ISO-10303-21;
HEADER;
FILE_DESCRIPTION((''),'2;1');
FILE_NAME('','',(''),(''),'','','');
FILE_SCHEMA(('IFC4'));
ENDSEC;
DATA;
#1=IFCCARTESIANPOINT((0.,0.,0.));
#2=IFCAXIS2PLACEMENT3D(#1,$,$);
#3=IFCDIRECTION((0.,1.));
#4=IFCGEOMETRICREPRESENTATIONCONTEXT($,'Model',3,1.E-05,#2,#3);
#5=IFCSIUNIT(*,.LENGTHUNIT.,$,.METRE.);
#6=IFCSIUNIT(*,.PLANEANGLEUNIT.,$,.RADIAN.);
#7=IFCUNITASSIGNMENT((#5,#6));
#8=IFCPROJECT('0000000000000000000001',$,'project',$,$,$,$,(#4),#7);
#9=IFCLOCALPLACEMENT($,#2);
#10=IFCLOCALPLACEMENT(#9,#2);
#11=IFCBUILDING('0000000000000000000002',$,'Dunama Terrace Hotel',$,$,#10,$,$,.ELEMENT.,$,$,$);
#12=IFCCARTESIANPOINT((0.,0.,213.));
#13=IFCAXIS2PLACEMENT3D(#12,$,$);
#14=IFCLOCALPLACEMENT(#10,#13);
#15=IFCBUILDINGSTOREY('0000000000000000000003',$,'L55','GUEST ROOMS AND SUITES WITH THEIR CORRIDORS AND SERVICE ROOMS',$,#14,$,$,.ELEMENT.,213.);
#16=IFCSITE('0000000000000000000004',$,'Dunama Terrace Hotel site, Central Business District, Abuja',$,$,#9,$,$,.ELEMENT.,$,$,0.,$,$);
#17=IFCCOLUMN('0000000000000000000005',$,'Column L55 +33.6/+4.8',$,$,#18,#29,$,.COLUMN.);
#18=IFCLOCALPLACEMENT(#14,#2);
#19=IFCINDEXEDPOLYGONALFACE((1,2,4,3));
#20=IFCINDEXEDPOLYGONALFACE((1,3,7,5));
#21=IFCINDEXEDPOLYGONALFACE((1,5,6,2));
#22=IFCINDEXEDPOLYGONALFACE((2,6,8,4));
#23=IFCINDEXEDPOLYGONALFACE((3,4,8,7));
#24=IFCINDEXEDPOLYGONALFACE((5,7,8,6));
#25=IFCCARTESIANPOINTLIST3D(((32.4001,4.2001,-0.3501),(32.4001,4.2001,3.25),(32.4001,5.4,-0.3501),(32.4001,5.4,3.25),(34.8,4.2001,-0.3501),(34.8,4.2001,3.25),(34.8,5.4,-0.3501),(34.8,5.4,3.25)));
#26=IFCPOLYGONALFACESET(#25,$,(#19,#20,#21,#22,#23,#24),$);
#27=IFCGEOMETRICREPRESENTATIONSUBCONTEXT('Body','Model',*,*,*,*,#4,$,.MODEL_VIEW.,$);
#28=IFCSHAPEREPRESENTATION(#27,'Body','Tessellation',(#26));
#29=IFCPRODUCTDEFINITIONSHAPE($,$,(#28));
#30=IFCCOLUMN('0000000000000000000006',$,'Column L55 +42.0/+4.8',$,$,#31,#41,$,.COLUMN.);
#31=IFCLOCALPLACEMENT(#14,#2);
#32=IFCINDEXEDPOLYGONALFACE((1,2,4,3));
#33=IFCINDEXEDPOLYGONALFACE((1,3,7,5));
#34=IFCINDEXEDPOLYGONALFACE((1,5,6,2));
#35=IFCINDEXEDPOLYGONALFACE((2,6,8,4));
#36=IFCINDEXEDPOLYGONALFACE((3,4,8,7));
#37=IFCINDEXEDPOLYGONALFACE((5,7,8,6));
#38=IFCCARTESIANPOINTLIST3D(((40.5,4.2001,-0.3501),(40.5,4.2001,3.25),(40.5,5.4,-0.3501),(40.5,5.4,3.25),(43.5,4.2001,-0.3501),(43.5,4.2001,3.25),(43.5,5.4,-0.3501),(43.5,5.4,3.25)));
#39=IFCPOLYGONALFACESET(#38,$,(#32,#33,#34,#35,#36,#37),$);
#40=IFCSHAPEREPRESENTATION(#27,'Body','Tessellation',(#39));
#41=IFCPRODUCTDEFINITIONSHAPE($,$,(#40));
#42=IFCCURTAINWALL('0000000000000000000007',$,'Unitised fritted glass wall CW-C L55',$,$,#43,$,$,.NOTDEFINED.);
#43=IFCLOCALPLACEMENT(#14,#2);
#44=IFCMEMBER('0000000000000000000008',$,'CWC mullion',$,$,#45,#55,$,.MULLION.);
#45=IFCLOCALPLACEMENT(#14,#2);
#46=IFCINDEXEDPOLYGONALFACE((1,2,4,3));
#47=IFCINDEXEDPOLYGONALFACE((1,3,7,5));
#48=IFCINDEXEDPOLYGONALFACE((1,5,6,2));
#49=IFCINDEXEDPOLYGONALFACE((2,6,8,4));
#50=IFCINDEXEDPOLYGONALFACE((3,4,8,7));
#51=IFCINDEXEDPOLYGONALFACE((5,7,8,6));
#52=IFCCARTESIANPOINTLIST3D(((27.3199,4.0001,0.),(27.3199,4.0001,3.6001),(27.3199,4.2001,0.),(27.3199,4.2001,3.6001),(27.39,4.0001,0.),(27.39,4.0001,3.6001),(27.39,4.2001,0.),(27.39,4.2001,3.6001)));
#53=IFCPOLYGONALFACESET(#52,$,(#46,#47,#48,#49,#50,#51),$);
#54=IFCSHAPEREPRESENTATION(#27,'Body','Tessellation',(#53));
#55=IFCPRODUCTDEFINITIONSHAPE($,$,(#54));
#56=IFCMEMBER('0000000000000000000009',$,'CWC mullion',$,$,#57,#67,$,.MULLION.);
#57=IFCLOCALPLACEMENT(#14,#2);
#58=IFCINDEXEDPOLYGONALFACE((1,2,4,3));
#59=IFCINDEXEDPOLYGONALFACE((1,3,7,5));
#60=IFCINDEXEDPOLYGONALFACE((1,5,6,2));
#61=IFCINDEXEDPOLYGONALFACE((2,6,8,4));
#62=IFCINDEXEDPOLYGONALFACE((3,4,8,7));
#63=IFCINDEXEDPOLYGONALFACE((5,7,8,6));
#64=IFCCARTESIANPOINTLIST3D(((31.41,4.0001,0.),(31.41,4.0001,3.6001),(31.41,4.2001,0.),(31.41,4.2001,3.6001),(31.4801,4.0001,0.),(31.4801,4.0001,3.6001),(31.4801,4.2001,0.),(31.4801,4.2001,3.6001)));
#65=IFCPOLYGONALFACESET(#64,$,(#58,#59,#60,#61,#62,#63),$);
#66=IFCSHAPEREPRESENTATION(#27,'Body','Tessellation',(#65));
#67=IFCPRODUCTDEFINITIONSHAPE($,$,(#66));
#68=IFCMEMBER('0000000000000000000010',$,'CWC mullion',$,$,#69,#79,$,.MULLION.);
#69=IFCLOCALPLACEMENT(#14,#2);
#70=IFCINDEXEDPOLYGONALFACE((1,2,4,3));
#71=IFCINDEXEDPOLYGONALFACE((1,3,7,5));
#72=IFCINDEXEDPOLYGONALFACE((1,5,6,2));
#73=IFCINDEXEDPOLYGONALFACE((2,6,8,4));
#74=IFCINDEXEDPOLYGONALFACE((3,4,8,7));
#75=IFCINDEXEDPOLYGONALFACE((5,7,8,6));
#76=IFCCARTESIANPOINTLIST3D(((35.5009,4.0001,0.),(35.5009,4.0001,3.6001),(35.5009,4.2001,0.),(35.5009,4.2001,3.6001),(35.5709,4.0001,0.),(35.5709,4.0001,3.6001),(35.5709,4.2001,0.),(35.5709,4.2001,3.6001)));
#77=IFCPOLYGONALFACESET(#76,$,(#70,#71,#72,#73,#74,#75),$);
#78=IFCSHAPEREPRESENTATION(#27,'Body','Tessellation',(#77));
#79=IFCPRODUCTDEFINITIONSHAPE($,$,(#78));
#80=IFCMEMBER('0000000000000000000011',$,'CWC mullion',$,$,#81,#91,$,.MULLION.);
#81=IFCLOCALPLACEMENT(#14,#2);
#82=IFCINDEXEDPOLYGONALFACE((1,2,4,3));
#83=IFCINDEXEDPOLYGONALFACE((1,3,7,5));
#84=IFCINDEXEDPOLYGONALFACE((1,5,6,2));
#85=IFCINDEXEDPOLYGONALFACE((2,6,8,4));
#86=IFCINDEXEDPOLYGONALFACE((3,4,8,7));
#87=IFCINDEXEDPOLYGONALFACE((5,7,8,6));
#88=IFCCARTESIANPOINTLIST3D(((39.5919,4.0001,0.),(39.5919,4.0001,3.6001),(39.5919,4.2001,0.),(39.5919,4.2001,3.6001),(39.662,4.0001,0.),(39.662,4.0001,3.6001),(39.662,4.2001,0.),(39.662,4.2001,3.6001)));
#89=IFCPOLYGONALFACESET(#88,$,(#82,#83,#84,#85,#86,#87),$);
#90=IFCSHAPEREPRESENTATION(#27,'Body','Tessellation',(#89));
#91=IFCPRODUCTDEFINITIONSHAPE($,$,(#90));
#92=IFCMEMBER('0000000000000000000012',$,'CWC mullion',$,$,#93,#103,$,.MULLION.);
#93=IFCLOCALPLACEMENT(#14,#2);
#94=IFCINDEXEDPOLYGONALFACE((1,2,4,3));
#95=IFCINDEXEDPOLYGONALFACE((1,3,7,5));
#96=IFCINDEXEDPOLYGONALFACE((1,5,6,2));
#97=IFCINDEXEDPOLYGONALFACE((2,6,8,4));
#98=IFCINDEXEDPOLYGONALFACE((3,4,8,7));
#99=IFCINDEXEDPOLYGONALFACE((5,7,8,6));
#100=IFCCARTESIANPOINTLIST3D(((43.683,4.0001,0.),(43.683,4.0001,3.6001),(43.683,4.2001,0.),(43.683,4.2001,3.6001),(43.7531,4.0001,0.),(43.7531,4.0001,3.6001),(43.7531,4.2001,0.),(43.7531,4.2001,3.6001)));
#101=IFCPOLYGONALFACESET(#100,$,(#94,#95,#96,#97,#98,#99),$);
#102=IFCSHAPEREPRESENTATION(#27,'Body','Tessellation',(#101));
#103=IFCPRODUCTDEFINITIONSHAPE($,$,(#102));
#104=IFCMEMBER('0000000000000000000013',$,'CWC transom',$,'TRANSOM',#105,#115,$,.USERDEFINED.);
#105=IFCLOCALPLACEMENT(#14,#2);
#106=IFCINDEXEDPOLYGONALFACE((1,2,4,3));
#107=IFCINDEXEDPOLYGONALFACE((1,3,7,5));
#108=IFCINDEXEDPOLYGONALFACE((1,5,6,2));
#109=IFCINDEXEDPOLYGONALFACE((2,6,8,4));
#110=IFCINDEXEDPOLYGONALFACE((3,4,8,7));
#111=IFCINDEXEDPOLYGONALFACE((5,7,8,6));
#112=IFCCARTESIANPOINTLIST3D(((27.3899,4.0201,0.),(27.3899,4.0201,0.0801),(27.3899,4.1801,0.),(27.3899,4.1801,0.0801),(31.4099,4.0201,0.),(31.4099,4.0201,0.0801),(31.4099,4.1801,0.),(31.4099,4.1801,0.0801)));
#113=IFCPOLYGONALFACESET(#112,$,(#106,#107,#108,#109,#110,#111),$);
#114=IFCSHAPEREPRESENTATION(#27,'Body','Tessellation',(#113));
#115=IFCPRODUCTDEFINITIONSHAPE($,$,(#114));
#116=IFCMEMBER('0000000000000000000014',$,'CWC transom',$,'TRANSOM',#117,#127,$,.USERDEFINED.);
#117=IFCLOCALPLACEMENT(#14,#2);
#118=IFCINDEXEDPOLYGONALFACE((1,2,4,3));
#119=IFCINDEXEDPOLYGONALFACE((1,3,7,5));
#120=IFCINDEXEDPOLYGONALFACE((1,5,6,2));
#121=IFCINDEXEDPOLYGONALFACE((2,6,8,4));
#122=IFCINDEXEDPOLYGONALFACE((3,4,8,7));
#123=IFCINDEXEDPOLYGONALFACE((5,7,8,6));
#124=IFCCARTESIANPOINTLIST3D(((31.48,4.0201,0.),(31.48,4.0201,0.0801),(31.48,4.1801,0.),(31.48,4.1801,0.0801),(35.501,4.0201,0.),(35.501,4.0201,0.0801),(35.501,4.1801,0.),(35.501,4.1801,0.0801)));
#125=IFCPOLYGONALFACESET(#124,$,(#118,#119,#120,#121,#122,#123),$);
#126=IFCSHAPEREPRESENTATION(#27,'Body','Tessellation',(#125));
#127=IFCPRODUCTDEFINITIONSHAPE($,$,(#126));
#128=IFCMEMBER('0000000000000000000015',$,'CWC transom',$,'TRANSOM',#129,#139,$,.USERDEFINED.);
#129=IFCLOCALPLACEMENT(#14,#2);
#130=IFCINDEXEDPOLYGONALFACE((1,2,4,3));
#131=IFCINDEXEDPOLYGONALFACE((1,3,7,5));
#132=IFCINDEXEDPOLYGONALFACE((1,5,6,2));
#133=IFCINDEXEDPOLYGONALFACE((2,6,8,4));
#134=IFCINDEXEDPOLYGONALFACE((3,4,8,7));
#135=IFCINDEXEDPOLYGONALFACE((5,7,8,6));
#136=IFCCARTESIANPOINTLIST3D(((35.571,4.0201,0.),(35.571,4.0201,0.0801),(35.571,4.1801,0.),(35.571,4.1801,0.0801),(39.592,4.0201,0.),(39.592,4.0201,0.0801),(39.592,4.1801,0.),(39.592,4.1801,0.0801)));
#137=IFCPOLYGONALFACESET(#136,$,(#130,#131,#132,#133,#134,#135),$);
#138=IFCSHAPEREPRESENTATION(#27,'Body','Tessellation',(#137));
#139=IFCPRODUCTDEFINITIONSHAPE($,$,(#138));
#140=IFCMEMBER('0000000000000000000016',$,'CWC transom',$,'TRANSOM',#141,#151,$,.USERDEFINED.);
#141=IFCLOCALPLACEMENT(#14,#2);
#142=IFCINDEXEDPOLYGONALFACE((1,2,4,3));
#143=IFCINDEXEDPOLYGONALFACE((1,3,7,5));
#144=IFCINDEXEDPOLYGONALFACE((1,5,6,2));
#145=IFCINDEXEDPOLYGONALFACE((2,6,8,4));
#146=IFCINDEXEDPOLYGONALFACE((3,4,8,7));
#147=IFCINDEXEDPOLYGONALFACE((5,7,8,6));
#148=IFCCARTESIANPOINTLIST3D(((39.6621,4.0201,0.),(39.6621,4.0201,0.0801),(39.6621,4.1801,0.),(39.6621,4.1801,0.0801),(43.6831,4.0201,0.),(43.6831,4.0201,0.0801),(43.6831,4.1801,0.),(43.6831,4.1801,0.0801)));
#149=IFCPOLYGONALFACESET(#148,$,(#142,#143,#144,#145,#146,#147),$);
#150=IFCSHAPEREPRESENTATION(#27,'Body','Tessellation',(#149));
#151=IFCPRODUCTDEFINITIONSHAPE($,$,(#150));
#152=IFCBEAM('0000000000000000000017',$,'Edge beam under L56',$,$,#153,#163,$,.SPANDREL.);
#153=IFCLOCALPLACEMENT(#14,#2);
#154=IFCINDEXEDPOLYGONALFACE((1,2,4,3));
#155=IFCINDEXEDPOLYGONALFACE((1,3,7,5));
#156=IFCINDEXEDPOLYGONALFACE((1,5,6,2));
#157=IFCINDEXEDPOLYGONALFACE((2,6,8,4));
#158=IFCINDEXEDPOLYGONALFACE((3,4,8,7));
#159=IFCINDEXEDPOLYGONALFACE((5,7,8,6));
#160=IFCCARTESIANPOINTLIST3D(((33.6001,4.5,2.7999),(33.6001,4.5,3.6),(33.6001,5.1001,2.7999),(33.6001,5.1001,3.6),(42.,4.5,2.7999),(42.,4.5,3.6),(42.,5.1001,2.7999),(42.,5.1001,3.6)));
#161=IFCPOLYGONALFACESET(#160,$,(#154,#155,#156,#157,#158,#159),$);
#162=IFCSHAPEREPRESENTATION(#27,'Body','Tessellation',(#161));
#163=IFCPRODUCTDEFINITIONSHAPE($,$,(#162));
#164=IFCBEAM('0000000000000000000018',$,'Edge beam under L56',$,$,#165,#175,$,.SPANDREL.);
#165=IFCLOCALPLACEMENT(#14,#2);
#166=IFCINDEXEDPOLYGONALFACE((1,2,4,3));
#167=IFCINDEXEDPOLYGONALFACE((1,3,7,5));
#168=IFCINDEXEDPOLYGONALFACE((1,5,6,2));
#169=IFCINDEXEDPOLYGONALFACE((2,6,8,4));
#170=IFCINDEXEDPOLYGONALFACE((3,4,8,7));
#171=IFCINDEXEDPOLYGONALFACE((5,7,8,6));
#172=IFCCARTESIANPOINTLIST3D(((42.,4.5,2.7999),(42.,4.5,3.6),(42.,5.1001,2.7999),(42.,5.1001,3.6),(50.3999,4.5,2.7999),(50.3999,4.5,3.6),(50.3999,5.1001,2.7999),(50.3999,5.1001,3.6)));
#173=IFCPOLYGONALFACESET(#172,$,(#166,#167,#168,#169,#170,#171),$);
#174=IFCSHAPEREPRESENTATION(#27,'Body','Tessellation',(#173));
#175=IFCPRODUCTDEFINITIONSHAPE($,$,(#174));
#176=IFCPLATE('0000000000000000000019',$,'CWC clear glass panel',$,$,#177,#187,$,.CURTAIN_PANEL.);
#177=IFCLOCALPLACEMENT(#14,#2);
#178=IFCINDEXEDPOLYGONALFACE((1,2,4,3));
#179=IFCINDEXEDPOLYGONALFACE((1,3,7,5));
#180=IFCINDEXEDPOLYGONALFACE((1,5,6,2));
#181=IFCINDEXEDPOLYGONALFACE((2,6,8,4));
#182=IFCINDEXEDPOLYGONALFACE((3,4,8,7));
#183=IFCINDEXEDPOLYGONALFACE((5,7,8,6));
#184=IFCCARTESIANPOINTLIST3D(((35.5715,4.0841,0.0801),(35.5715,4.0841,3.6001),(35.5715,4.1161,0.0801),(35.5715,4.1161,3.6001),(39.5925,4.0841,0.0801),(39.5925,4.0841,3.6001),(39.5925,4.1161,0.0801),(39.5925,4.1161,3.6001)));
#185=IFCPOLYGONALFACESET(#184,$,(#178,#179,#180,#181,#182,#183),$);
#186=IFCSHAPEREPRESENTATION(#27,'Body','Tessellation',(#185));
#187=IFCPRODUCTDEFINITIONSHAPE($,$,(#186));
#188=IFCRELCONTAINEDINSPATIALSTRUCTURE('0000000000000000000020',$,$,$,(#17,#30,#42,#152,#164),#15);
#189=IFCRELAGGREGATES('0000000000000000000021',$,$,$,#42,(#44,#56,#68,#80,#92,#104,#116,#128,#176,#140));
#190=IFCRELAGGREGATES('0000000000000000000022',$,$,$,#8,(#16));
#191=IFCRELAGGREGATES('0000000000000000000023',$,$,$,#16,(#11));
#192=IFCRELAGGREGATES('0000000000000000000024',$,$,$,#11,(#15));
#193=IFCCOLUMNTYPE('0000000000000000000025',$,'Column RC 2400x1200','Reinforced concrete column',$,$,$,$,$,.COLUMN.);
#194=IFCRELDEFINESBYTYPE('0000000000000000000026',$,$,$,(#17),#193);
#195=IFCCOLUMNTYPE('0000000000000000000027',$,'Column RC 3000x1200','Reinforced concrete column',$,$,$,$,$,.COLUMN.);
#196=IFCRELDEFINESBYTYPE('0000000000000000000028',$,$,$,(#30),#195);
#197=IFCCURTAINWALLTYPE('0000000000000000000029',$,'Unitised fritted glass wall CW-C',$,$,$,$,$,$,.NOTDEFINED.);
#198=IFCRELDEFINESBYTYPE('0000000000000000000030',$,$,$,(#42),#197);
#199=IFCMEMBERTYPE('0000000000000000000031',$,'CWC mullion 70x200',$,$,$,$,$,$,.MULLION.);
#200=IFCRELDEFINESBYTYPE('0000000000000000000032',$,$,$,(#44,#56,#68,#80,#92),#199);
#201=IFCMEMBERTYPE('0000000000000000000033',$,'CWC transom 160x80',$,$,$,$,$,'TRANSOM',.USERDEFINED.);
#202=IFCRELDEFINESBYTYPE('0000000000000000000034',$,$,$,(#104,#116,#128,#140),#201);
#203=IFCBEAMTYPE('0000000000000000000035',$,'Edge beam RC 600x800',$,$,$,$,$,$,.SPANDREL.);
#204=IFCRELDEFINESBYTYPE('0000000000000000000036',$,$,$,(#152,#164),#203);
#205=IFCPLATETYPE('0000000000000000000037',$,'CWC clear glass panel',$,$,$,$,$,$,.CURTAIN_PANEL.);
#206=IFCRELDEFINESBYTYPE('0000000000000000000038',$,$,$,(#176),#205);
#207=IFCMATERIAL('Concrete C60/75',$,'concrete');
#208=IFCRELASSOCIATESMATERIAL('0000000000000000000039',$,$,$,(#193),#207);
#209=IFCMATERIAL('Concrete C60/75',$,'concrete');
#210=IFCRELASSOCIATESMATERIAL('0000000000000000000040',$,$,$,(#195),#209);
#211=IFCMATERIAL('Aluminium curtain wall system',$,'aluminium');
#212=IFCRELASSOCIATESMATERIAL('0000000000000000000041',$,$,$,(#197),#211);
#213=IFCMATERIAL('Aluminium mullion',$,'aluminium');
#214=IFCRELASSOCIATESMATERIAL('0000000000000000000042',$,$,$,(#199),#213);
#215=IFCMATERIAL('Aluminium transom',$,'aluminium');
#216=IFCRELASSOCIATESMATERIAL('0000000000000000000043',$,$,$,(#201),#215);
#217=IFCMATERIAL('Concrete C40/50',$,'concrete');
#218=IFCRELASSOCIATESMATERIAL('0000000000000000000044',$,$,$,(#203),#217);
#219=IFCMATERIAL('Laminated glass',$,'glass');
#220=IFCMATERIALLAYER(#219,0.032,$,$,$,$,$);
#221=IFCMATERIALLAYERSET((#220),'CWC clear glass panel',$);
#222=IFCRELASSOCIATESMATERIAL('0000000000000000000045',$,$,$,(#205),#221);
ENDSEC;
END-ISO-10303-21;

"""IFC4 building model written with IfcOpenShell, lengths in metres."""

from ifc_helpers import new_model, si_unit, direction, frame, origin, origin_2d, place, context, subcontext, project, spatial, rectangle, extrude, material, layer, layer_set, material_profile, profile_set, type_object, element, aggregate, save


model = new_model("IFC4")

# Units and contexts
model_context = context("Model", 3, precision=1e-05, world=origin(), true_north=direction((0.0, 1.0)))
body_context = subcontext(model_context, "Body", "Model", "MODEL_VIEW")
ifc_project = project(units=[si_unit("LENGTHUNIT", "METRE"), si_unit("PLANEANGLEUNIT", "RADIAN")], contexts=[model_context])

# Site, building, storey
site_placement = place(None, origin())
site = spatial("IfcSite", under=ifc_project, at=site_placement, Name="Dunama Terrace Hotel site, Central Business District, Abuja", CompositionType="ELEMENT", RefElevation=0.0)
building_placement = place(site_placement, origin())
building = spatial("IfcBuilding", under=site, at=building_placement, Name="Dunama Terrace Hotel", CompositionType="ELEMENT")
storey_placement = place(building_placement, frame((0.0, 0.0, 213.0)))
storey = spatial("IfcBuildingStorey", under=building, at=storey_placement, Name="L55", Description="GUEST ROOMS AND SUITES WITH THEIR CORRIDORS AND SERVICE ROOMS", CompositionType="ELEMENT", Elevation=213.0)

# Columns
ifc_material_1 = material(Name="Concrete C60/75", Category="concrete")
ifc_material_profile_1 = material_profile(ifc_material_1, rectangle(XDim=2.3999, YDim=1.2, at=origin_2d()), Name="RC 2400x1200")
ifc_profile_set_1 = profile_set([ifc_material_profile_1], Name="Concrete C60/75")
column_type_1 = type_object("IfcColumnType", Name="Column RC 2400x1200", Description="Reinforced concrete column", PredefinedType="COLUMN", material=ifc_profile_set_1)
column_1_placement = place(storey_placement, frame((33.6001, 4.8, -0.3501), z_axis=(0.0, 0.0, 1.0), x_axis=(1.0, 0.0, 0.0)))
element("IfcColumn", 1, at=column_1_placement, inside=storey, type_object=column_type_1, Name="Column L55 +33.6/+4.8", PredefinedType="COLUMN", context=body_context, shape_type="SweptSolid", body=[
    extrude(rectangle(XDim=2.3999, YDim=1.2, at=origin_2d()), origin(), (0.0, 0.0, 1.0), 3.6001),
])
ifc_material_2 = material(Name="Concrete C60/75", Category="concrete")
ifc_material_profile_2 = material_profile(ifc_material_2, rectangle(XDim=3.0, YDim=1.2, at=origin_2d()), Name="RC 3000x1200")
ifc_profile_set_2 = profile_set([ifc_material_profile_2], Name="Concrete C60/75")
column_type_2 = type_object("IfcColumnType", Name="Column RC 3000x1200", Description="Reinforced concrete column", PredefinedType="COLUMN", material=ifc_profile_set_2)
column_2_placement = place(storey_placement, frame((42.0, 4.8, -0.3501), z_axis=(0.0, 0.0, 1.0), x_axis=(1.0, 0.0, 0.0)))
element("IfcColumn", 2, at=column_2_placement, inside=storey, type_object=column_type_2, Name="Column L55 +42.0/+4.8", PredefinedType="COLUMN", context=body_context, shape_type="SweptSolid", body=[
    extrude(rectangle(XDim=3.0, YDim=1.2, at=origin_2d()), origin(), (0.0, 0.0, 1.0), 3.6001),
])

# Curtain wall, members
ifc_material_3 = material(Name="Aluminium curtain wall system", Category="aluminium")
curtain_wall_type = type_object("IfcCurtainWallType", Name="Unitised fritted glass wall CW-C", PredefinedType="NOTDEFINED", material=ifc_material_3)
curtain_wall_placement = place(storey_placement, origin())
curtain_wall = element("IfcCurtainWall", 3, at=curtain_wall_placement, inside=storey, type_object=curtain_wall_type, Name="Unitised fritted glass wall CW-C L55", PredefinedType="NOTDEFINED")
ifc_material_4 = material(Name="Aluminium mullion", Category="aluminium")
ifc_material_profile_3 = material_profile(ifc_material_4, rectangle(XDim=0.0701, YDim=0.2, at=origin_2d()), Name="CWC MULLION 70X200")
ifc_profile_set_3 = profile_set([ifc_material_profile_3], Name="Aluminium mullion")
member_type_1 = type_object("IfcMemberType", Name="CWC mullion 70x200", PredefinedType="MULLION", material=ifc_profile_set_3)
member_1_placement = place(storey_placement, frame((27.355, 4.1001, 0.0), z_axis=(0.0, 0.0, 1.0), x_axis=(1.0, 0.0, 0.0)))
member_1 = element("IfcMember", 4, at=member_1_placement, type_object=member_type_1, Name="CWC mullion", PredefinedType="MULLION", context=body_context, shape_type="SweptSolid", body=[
    extrude(rectangle(XDim=0.0701, YDim=0.2, at=origin_2d()), origin(), (0.0, 0.0, 1.0), 3.6001),
])
member_2_placement = place(storey_placement, frame((31.4451, 4.1001, 0.0), z_axis=(0.0, 0.0, 1.0), x_axis=(1.0, 0.0, 0.0)))
member_2 = element("IfcMember", 5, at=member_2_placement, type_object=member_type_1, Name="CWC mullion", PredefinedType="MULLION", context=body_context, shape_type="SweptSolid", body=[
    extrude(rectangle(XDim=0.0701, YDim=0.2, at=origin_2d()), origin(), (0.0, 0.0, 1.0), 3.6001),
])
member_3_placement = place(storey_placement, frame((35.5359, 4.1001, 0.0), z_axis=(0.0, 0.0, 1.0), x_axis=(1.0, 0.0, 0.0)))
member_3 = element("IfcMember", 6, at=member_3_placement, type_object=member_type_1, Name="CWC mullion", PredefinedType="MULLION", context=body_context, shape_type="SweptSolid", body=[
    extrude(rectangle(XDim=0.0701, YDim=0.2, at=origin_2d()), origin(), (0.0, 0.0, 1.0), 3.6001),
])
member_4_placement = place(storey_placement, frame((39.627, 4.1001, 0.0), z_axis=(0.0, 0.0, 1.0), x_axis=(1.0, 0.0, 0.0)))
member_4 = element("IfcMember", 7, at=member_4_placement, type_object=member_type_1, Name="CWC mullion", PredefinedType="MULLION", context=body_context, shape_type="SweptSolid", body=[
    extrude(rectangle(XDim=0.0701, YDim=0.2, at=origin_2d()), origin(), (0.0, 0.0, 1.0), 3.6001),
])
member_5_placement = place(storey_placement, frame((43.718, 4.1001, 0.0), z_axis=(0.0, 0.0, 1.0), x_axis=(1.0, 0.0, 0.0)))
member_5 = element("IfcMember", 8, at=member_5_placement, type_object=member_type_1, Name="CWC mullion", PredefinedType="MULLION", context=body_context, shape_type="SweptSolid", body=[
    extrude(rectangle(XDim=0.0701, YDim=0.2, at=origin_2d()), origin(), (0.0, 0.0, 1.0), 3.6001),
])
ifc_material_5 = material(Name="Aluminium transom", Category="aluminium")
ifc_material_profile_4 = material_profile(ifc_material_5, rectangle(XDim=0.1599, YDim=0.0801, at=origin_2d()), Name="CWC TRANSOM 160X80")
ifc_profile_set_4 = profile_set([ifc_material_profile_4], Name="Aluminium transom")
member_type_2 = type_object("IfcMemberType", Name="CWC transom 160x80", ElementType="TRANSOM", PredefinedType="USERDEFINED", material=ifc_profile_set_4)
member_6_placement = place(storey_placement, frame((27.3899, 4.1001, 0.04), z_axis=(1.0, 0.0, 0.0), x_axis=(0.0, 1.0, 0.0)))
member_6 = element("IfcMember", 9, at=member_6_placement, type_object=member_type_2, Name="CWC transom", ObjectType="TRANSOM", PredefinedType="USERDEFINED", context=body_context, shape_type="SweptSolid", body=[
    extrude(rectangle(XDim=0.1599, YDim=0.0801, at=origin_2d()), origin(), (0.0, 0.0, 1.0), 4.02),
])
member_7_placement = place(storey_placement, frame((31.48, 4.1001, 0.04), z_axis=(1.0, 0.0, 0.0), x_axis=(0.0, 1.0, 0.0)))
member_7 = element("IfcMember", 10, at=member_7_placement, type_object=member_type_2, Name="CWC transom", ObjectType="TRANSOM", PredefinedType="USERDEFINED", context=body_context, shape_type="SweptSolid", body=[
    extrude(rectangle(XDim=0.1599, YDim=0.0801, at=origin_2d()), origin(), (0.0, 0.0, 1.0), 4.021),
])
member_8_placement = place(storey_placement, frame((35.571, 4.1001, 0.04), z_axis=(1.0, 0.0, 0.0), x_axis=(0.0, 1.0, 0.0)))
member_8 = element("IfcMember", 11, at=member_8_placement, type_object=member_type_2, Name="CWC transom", ObjectType="TRANSOM", PredefinedType="USERDEFINED", context=body_context, shape_type="SweptSolid", body=[
    extrude(rectangle(XDim=0.1599, YDim=0.0801, at=origin_2d()), origin(), (0.0, 0.0, 1.0), 4.021),
])
member_9_placement = place(storey_placement, frame((39.6621, 4.1001, 0.04), z_axis=(1.0, 0.0, 0.0), x_axis=(0.0, 1.0, 0.0)))
member_9 = element("IfcMember", 12, at=member_9_placement, type_object=member_type_2, Name="CWC transom", ObjectType="TRANSOM", PredefinedType="USERDEFINED", context=body_context, shape_type="SweptSolid", body=[
    extrude(rectangle(XDim=0.1599, YDim=0.0801, at=origin_2d()), origin(), (0.0, 0.0, 1.0), 4.021),
])

# Beams
ifc_material_6 = material(Name="Concrete C40/50", Category="concrete")
ifc_material_profile_5 = material_profile(ifc_material_6, rectangle(XDim=0.6001, YDim=0.8, at=origin_2d()), Name="RC 600x800")
ifc_profile_set_5 = profile_set([ifc_material_profile_5], Name="Concrete C40/50")
beam_type = type_object("IfcBeamType", Name="Edge beam RC 600x800", PredefinedType="SPANDREL", material=ifc_profile_set_5)
for number, where, z_axis, x_axis, name in (
    (13, (33.6001, 4.8, 3.2), (1.0, 0.0, 0.0), (0.0, 1.0, 0.0), "Edge beam under L56"),
    (14, (42.0, 4.8, 3.2), (1.0, 0.0, 0.0), (0.0, 1.0, 0.0), "Edge beam under L56"),
):
    element("IfcBeam", number, at=place(storey_placement, frame(where, z_axis=z_axis, x_axis=x_axis)), inside=storey, type_object=beam_type, Name=name, PredefinedType="SPANDREL", context=body_context, shape_type="SweptSolid", body=[
        extrude(rectangle(XDim=0.6001, YDim=0.8, at=origin_2d()), origin(), (0.0, 0.0, 1.0), 8.3999),
    ])

# Plate
ifc_material_7 = material(Name="Laminated glass", Category="glass")
ifc_layer_1 = layer(ifc_material_7, 0.032)
ifc_layer_set_1 = layer_set([ifc_layer_1], Name="CWC clear glass panel")
plate_type_1 = type_object("IfcPlateType", Name="CWC clear glass panel", PredefinedType="CURTAIN_PANEL", material=ifc_layer_set_1)
plate_1_placement = place(storey_placement, frame((37.582, 4.1001, 0.0801), z_axis=(0.0, 0.0, 1.0), x_axis=(1.0, 0.0, 0.0)))
plate_1 = element("IfcPlate", 15, at=plate_1_placement, type_object=plate_type_1, Name="CWC clear glass panel", PredefinedType="CURTAIN_PANEL", context=body_context, shape_type="SweptSolid", body=[
    extrude(rectangle(XDim=4.021, YDim=0.032, at=origin_2d()), origin(), (0.0, 0.0, 1.0), 3.52),
])
aggregate(curtain_wall, [member_1, member_2, member_3, member_4, member_5, member_6, member_7, member_8, plate_1, member_9])

save(model, "model.ifc")
